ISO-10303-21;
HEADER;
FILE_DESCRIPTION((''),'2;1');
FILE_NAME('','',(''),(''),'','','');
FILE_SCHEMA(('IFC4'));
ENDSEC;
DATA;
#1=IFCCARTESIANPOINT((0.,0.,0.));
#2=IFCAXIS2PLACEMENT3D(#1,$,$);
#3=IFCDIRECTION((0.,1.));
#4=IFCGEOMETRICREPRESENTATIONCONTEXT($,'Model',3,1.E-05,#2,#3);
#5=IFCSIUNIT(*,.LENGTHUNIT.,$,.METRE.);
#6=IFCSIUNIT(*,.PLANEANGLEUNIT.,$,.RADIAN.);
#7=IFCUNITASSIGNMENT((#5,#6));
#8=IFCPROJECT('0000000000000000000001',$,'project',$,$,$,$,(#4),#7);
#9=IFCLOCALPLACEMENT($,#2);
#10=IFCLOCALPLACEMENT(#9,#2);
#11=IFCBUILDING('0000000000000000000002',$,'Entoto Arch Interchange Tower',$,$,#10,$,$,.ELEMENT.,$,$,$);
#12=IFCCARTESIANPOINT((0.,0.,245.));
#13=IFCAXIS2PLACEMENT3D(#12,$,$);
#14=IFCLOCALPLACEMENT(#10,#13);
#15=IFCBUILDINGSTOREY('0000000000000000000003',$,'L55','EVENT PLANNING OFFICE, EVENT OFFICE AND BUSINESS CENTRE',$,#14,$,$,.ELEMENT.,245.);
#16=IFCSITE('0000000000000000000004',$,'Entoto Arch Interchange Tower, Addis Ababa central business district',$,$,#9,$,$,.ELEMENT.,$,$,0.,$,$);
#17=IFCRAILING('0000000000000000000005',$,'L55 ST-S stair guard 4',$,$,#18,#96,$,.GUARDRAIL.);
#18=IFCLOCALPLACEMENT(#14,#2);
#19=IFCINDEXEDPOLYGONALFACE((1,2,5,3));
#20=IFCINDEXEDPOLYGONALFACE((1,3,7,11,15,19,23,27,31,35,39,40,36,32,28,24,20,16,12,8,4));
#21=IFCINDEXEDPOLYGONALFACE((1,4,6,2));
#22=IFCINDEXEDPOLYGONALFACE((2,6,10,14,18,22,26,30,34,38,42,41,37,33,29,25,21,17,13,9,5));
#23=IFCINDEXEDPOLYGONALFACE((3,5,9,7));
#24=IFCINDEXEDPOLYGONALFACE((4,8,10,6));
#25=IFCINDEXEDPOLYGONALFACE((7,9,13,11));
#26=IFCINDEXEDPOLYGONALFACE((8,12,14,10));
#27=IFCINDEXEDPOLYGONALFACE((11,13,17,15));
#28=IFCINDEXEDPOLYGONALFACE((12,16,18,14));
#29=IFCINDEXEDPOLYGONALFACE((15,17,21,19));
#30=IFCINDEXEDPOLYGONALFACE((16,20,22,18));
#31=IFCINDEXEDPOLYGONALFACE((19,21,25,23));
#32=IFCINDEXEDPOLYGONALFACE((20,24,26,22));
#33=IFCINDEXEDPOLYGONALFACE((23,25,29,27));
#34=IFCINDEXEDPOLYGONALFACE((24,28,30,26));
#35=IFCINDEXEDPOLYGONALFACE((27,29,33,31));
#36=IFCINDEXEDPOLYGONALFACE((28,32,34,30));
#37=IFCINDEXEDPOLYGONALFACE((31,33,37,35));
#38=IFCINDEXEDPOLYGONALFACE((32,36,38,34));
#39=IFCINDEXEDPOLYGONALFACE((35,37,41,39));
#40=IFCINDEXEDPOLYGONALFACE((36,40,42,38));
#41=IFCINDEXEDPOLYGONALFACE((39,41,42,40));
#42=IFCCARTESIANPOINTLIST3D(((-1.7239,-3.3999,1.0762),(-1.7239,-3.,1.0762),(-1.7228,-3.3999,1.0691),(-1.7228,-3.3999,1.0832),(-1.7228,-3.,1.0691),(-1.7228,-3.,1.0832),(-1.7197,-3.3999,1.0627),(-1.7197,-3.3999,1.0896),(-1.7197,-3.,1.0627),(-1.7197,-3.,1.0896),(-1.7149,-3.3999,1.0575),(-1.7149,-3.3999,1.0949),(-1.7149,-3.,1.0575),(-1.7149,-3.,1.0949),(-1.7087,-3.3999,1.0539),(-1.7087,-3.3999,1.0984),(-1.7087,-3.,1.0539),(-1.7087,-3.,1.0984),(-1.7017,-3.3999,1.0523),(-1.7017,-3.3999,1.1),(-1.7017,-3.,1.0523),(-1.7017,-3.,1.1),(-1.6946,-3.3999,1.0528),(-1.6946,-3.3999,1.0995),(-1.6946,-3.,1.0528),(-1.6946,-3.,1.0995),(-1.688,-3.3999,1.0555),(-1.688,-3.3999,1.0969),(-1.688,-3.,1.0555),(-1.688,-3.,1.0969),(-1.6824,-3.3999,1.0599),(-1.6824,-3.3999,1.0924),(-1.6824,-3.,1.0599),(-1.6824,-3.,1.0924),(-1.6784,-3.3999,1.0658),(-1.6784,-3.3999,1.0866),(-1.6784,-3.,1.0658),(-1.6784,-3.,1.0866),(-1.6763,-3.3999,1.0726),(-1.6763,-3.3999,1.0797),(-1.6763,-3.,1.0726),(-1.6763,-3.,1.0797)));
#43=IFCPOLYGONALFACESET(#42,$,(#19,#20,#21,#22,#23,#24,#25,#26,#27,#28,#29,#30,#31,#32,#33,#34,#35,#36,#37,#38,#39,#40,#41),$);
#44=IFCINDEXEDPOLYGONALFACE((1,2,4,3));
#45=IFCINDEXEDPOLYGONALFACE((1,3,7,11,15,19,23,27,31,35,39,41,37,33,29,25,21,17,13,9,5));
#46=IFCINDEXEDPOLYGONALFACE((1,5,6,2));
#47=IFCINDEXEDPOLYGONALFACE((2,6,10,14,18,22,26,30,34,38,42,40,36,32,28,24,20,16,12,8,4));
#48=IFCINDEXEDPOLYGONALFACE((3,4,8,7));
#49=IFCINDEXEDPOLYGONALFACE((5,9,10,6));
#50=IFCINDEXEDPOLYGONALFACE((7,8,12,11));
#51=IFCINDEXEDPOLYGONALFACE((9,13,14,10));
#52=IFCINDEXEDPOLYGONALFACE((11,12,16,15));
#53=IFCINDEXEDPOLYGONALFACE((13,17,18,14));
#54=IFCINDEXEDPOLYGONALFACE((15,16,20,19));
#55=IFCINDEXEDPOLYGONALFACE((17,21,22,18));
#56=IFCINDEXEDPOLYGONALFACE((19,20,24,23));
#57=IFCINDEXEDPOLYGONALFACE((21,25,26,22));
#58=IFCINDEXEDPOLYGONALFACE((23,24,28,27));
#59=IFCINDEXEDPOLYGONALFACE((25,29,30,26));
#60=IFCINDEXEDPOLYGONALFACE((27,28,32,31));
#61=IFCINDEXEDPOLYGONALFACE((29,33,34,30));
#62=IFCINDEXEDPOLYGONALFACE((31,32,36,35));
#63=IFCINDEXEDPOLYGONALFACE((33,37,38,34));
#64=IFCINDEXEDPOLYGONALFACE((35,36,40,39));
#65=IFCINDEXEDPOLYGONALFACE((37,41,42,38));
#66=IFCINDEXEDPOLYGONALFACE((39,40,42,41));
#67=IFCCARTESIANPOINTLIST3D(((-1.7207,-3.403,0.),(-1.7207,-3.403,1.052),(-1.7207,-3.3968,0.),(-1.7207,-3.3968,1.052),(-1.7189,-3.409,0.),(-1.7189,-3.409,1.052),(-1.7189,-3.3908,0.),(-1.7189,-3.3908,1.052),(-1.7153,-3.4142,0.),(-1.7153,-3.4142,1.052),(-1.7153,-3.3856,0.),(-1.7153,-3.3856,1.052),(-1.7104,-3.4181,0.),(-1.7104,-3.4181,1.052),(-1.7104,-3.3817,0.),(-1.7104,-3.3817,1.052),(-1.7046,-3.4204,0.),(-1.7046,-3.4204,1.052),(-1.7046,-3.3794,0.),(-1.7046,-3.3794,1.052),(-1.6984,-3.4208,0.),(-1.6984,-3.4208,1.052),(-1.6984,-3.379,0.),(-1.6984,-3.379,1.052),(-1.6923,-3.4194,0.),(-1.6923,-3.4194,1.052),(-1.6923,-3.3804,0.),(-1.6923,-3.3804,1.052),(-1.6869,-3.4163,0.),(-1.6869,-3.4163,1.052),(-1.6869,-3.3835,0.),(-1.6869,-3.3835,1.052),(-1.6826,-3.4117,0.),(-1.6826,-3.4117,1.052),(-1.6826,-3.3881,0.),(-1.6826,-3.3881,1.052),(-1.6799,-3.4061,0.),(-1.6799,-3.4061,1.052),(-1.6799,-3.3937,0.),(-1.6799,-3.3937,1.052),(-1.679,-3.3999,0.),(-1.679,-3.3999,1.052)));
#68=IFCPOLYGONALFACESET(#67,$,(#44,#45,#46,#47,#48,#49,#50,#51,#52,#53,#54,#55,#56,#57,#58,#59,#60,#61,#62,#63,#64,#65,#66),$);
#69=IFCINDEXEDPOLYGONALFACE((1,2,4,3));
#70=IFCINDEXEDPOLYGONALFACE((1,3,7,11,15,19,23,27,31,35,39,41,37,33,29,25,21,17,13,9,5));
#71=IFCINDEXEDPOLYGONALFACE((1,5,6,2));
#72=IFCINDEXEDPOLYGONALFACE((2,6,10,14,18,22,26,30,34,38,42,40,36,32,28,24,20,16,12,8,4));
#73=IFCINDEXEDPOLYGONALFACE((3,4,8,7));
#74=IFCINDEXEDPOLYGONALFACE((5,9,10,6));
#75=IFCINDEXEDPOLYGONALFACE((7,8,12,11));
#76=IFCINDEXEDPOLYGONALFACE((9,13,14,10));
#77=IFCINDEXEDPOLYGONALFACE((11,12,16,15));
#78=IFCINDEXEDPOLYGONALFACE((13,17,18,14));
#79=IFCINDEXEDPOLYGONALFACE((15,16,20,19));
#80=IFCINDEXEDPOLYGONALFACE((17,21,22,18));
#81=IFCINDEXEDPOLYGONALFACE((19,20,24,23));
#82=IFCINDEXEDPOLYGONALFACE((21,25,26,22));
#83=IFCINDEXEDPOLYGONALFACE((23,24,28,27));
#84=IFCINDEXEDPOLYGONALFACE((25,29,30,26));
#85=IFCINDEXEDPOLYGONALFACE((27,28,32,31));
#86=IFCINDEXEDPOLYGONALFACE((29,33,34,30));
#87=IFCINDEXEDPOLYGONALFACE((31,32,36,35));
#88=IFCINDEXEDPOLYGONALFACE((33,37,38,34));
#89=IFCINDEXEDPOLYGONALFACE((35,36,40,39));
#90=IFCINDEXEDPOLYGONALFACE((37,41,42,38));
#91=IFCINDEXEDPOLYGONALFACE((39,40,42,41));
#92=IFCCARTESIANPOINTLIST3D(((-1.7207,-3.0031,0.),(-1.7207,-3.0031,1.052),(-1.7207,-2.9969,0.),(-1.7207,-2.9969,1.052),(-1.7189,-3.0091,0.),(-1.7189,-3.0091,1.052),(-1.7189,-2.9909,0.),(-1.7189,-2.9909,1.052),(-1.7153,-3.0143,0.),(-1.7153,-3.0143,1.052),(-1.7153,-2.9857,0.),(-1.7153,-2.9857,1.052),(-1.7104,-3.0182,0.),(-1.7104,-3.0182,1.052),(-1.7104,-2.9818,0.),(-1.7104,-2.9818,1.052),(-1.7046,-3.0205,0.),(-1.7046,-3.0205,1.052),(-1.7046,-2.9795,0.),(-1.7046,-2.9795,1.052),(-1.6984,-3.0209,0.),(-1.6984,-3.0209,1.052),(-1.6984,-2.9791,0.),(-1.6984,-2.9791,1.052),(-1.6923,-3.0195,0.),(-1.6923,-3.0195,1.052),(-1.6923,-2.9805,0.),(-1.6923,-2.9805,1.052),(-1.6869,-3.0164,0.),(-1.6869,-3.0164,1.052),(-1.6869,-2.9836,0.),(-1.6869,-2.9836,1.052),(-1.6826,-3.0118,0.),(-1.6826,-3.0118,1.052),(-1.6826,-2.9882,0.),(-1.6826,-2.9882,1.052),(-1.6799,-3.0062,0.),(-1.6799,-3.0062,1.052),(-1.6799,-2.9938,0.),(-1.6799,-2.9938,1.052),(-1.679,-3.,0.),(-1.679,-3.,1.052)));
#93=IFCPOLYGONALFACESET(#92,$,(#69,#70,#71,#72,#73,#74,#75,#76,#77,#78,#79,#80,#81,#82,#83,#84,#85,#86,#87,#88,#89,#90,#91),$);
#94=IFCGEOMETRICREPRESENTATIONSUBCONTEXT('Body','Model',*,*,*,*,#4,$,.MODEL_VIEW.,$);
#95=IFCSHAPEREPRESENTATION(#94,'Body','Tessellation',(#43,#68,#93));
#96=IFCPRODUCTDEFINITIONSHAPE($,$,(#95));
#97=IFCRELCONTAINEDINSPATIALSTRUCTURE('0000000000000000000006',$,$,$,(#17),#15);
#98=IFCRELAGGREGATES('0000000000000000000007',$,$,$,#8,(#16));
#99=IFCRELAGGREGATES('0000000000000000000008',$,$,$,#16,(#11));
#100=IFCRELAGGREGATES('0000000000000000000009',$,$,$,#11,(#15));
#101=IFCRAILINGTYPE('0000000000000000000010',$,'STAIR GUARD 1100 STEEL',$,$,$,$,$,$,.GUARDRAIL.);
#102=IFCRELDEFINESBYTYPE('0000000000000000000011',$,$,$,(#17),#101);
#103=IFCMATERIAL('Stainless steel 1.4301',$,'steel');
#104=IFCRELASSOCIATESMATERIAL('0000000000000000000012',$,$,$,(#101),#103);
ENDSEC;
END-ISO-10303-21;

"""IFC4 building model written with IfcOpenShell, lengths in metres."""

from ifc_helpers import new_model, si_unit, direction, frame, origin, origin_2d, place, context, subcontext, project, spatial, circle, extrude, material, type_object, element, save


model = new_model("IFC4")

# Units and contexts
model_context = context("Model", 3, precision=1e-05, world=origin(), true_north=direction((0.0, 1.0)))
body_context = subcontext(model_context, "Body", "Model", "MODEL_VIEW")
ifc_project = project(units=[si_unit("LENGTHUNIT", "METRE"), si_unit("PLANEANGLEUNIT", "RADIAN")], contexts=[model_context])

# Site, building, storey
site_placement = place(None, origin())
site = spatial("IfcSite", under=ifc_project, at=site_placement, Name="Entoto Arch Interchange Tower, Addis Ababa central business district", CompositionType="ELEMENT", RefElevation=0.0)
building_placement = place(site_placement, origin())
building = spatial("IfcBuilding", under=site, at=building_placement, Name="Entoto Arch Interchange Tower", CompositionType="ELEMENT")
storey_placement = place(building_placement, frame((0.0, 0.0, 245.0)))
storey = spatial("IfcBuildingStorey", under=building, at=storey_placement, Name="L55", Description="EVENT PLANNING OFFICE, EVENT OFFICE AND BUSINESS CENTRE", CompositionType="ELEMENT", Elevation=245.0)

# Railing
ifc_material_1 = material(Name="Stainless steel 1.4301", Category="steel")
railing_type_1 = type_object("IfcRailingType", Name="STAIR GUARD 1100 STEEL", PredefinedType="GUARDRAIL", material=ifc_material_1)
railing_1_placement = place(storey_placement, frame((-1.7, -3.3999, 0.0)))
element("IfcRailing", 1, at=railing_1_placement, inside=storey, type_object=railing_type_1, Name="L55 ST-S stair guard 4", PredefinedType="GUARDRAIL", context=body_context, shape_type="SweptSolid", body=[
    extrude(circle(Radius=0.0239, at=origin_2d()), frame((0.0, 0.0, 1.0762), z_axis=(0.0, 1.0, 0.0), x_axis=(-1.0, 0.0, 0.0)), (0.0, 0.0, 1.0), 0.3999),
    extrude(circle(Radius=0.021, at=origin_2d()), origin(), (0.0, 0.0, 1.0), 1.052),
    extrude(circle(Radius=0.021, at=origin_2d()), frame((0.0, 0.3999, 0.0)), (0.0, 0.0, 1.0), 1.052),
])

save(model, "model.ifc")
